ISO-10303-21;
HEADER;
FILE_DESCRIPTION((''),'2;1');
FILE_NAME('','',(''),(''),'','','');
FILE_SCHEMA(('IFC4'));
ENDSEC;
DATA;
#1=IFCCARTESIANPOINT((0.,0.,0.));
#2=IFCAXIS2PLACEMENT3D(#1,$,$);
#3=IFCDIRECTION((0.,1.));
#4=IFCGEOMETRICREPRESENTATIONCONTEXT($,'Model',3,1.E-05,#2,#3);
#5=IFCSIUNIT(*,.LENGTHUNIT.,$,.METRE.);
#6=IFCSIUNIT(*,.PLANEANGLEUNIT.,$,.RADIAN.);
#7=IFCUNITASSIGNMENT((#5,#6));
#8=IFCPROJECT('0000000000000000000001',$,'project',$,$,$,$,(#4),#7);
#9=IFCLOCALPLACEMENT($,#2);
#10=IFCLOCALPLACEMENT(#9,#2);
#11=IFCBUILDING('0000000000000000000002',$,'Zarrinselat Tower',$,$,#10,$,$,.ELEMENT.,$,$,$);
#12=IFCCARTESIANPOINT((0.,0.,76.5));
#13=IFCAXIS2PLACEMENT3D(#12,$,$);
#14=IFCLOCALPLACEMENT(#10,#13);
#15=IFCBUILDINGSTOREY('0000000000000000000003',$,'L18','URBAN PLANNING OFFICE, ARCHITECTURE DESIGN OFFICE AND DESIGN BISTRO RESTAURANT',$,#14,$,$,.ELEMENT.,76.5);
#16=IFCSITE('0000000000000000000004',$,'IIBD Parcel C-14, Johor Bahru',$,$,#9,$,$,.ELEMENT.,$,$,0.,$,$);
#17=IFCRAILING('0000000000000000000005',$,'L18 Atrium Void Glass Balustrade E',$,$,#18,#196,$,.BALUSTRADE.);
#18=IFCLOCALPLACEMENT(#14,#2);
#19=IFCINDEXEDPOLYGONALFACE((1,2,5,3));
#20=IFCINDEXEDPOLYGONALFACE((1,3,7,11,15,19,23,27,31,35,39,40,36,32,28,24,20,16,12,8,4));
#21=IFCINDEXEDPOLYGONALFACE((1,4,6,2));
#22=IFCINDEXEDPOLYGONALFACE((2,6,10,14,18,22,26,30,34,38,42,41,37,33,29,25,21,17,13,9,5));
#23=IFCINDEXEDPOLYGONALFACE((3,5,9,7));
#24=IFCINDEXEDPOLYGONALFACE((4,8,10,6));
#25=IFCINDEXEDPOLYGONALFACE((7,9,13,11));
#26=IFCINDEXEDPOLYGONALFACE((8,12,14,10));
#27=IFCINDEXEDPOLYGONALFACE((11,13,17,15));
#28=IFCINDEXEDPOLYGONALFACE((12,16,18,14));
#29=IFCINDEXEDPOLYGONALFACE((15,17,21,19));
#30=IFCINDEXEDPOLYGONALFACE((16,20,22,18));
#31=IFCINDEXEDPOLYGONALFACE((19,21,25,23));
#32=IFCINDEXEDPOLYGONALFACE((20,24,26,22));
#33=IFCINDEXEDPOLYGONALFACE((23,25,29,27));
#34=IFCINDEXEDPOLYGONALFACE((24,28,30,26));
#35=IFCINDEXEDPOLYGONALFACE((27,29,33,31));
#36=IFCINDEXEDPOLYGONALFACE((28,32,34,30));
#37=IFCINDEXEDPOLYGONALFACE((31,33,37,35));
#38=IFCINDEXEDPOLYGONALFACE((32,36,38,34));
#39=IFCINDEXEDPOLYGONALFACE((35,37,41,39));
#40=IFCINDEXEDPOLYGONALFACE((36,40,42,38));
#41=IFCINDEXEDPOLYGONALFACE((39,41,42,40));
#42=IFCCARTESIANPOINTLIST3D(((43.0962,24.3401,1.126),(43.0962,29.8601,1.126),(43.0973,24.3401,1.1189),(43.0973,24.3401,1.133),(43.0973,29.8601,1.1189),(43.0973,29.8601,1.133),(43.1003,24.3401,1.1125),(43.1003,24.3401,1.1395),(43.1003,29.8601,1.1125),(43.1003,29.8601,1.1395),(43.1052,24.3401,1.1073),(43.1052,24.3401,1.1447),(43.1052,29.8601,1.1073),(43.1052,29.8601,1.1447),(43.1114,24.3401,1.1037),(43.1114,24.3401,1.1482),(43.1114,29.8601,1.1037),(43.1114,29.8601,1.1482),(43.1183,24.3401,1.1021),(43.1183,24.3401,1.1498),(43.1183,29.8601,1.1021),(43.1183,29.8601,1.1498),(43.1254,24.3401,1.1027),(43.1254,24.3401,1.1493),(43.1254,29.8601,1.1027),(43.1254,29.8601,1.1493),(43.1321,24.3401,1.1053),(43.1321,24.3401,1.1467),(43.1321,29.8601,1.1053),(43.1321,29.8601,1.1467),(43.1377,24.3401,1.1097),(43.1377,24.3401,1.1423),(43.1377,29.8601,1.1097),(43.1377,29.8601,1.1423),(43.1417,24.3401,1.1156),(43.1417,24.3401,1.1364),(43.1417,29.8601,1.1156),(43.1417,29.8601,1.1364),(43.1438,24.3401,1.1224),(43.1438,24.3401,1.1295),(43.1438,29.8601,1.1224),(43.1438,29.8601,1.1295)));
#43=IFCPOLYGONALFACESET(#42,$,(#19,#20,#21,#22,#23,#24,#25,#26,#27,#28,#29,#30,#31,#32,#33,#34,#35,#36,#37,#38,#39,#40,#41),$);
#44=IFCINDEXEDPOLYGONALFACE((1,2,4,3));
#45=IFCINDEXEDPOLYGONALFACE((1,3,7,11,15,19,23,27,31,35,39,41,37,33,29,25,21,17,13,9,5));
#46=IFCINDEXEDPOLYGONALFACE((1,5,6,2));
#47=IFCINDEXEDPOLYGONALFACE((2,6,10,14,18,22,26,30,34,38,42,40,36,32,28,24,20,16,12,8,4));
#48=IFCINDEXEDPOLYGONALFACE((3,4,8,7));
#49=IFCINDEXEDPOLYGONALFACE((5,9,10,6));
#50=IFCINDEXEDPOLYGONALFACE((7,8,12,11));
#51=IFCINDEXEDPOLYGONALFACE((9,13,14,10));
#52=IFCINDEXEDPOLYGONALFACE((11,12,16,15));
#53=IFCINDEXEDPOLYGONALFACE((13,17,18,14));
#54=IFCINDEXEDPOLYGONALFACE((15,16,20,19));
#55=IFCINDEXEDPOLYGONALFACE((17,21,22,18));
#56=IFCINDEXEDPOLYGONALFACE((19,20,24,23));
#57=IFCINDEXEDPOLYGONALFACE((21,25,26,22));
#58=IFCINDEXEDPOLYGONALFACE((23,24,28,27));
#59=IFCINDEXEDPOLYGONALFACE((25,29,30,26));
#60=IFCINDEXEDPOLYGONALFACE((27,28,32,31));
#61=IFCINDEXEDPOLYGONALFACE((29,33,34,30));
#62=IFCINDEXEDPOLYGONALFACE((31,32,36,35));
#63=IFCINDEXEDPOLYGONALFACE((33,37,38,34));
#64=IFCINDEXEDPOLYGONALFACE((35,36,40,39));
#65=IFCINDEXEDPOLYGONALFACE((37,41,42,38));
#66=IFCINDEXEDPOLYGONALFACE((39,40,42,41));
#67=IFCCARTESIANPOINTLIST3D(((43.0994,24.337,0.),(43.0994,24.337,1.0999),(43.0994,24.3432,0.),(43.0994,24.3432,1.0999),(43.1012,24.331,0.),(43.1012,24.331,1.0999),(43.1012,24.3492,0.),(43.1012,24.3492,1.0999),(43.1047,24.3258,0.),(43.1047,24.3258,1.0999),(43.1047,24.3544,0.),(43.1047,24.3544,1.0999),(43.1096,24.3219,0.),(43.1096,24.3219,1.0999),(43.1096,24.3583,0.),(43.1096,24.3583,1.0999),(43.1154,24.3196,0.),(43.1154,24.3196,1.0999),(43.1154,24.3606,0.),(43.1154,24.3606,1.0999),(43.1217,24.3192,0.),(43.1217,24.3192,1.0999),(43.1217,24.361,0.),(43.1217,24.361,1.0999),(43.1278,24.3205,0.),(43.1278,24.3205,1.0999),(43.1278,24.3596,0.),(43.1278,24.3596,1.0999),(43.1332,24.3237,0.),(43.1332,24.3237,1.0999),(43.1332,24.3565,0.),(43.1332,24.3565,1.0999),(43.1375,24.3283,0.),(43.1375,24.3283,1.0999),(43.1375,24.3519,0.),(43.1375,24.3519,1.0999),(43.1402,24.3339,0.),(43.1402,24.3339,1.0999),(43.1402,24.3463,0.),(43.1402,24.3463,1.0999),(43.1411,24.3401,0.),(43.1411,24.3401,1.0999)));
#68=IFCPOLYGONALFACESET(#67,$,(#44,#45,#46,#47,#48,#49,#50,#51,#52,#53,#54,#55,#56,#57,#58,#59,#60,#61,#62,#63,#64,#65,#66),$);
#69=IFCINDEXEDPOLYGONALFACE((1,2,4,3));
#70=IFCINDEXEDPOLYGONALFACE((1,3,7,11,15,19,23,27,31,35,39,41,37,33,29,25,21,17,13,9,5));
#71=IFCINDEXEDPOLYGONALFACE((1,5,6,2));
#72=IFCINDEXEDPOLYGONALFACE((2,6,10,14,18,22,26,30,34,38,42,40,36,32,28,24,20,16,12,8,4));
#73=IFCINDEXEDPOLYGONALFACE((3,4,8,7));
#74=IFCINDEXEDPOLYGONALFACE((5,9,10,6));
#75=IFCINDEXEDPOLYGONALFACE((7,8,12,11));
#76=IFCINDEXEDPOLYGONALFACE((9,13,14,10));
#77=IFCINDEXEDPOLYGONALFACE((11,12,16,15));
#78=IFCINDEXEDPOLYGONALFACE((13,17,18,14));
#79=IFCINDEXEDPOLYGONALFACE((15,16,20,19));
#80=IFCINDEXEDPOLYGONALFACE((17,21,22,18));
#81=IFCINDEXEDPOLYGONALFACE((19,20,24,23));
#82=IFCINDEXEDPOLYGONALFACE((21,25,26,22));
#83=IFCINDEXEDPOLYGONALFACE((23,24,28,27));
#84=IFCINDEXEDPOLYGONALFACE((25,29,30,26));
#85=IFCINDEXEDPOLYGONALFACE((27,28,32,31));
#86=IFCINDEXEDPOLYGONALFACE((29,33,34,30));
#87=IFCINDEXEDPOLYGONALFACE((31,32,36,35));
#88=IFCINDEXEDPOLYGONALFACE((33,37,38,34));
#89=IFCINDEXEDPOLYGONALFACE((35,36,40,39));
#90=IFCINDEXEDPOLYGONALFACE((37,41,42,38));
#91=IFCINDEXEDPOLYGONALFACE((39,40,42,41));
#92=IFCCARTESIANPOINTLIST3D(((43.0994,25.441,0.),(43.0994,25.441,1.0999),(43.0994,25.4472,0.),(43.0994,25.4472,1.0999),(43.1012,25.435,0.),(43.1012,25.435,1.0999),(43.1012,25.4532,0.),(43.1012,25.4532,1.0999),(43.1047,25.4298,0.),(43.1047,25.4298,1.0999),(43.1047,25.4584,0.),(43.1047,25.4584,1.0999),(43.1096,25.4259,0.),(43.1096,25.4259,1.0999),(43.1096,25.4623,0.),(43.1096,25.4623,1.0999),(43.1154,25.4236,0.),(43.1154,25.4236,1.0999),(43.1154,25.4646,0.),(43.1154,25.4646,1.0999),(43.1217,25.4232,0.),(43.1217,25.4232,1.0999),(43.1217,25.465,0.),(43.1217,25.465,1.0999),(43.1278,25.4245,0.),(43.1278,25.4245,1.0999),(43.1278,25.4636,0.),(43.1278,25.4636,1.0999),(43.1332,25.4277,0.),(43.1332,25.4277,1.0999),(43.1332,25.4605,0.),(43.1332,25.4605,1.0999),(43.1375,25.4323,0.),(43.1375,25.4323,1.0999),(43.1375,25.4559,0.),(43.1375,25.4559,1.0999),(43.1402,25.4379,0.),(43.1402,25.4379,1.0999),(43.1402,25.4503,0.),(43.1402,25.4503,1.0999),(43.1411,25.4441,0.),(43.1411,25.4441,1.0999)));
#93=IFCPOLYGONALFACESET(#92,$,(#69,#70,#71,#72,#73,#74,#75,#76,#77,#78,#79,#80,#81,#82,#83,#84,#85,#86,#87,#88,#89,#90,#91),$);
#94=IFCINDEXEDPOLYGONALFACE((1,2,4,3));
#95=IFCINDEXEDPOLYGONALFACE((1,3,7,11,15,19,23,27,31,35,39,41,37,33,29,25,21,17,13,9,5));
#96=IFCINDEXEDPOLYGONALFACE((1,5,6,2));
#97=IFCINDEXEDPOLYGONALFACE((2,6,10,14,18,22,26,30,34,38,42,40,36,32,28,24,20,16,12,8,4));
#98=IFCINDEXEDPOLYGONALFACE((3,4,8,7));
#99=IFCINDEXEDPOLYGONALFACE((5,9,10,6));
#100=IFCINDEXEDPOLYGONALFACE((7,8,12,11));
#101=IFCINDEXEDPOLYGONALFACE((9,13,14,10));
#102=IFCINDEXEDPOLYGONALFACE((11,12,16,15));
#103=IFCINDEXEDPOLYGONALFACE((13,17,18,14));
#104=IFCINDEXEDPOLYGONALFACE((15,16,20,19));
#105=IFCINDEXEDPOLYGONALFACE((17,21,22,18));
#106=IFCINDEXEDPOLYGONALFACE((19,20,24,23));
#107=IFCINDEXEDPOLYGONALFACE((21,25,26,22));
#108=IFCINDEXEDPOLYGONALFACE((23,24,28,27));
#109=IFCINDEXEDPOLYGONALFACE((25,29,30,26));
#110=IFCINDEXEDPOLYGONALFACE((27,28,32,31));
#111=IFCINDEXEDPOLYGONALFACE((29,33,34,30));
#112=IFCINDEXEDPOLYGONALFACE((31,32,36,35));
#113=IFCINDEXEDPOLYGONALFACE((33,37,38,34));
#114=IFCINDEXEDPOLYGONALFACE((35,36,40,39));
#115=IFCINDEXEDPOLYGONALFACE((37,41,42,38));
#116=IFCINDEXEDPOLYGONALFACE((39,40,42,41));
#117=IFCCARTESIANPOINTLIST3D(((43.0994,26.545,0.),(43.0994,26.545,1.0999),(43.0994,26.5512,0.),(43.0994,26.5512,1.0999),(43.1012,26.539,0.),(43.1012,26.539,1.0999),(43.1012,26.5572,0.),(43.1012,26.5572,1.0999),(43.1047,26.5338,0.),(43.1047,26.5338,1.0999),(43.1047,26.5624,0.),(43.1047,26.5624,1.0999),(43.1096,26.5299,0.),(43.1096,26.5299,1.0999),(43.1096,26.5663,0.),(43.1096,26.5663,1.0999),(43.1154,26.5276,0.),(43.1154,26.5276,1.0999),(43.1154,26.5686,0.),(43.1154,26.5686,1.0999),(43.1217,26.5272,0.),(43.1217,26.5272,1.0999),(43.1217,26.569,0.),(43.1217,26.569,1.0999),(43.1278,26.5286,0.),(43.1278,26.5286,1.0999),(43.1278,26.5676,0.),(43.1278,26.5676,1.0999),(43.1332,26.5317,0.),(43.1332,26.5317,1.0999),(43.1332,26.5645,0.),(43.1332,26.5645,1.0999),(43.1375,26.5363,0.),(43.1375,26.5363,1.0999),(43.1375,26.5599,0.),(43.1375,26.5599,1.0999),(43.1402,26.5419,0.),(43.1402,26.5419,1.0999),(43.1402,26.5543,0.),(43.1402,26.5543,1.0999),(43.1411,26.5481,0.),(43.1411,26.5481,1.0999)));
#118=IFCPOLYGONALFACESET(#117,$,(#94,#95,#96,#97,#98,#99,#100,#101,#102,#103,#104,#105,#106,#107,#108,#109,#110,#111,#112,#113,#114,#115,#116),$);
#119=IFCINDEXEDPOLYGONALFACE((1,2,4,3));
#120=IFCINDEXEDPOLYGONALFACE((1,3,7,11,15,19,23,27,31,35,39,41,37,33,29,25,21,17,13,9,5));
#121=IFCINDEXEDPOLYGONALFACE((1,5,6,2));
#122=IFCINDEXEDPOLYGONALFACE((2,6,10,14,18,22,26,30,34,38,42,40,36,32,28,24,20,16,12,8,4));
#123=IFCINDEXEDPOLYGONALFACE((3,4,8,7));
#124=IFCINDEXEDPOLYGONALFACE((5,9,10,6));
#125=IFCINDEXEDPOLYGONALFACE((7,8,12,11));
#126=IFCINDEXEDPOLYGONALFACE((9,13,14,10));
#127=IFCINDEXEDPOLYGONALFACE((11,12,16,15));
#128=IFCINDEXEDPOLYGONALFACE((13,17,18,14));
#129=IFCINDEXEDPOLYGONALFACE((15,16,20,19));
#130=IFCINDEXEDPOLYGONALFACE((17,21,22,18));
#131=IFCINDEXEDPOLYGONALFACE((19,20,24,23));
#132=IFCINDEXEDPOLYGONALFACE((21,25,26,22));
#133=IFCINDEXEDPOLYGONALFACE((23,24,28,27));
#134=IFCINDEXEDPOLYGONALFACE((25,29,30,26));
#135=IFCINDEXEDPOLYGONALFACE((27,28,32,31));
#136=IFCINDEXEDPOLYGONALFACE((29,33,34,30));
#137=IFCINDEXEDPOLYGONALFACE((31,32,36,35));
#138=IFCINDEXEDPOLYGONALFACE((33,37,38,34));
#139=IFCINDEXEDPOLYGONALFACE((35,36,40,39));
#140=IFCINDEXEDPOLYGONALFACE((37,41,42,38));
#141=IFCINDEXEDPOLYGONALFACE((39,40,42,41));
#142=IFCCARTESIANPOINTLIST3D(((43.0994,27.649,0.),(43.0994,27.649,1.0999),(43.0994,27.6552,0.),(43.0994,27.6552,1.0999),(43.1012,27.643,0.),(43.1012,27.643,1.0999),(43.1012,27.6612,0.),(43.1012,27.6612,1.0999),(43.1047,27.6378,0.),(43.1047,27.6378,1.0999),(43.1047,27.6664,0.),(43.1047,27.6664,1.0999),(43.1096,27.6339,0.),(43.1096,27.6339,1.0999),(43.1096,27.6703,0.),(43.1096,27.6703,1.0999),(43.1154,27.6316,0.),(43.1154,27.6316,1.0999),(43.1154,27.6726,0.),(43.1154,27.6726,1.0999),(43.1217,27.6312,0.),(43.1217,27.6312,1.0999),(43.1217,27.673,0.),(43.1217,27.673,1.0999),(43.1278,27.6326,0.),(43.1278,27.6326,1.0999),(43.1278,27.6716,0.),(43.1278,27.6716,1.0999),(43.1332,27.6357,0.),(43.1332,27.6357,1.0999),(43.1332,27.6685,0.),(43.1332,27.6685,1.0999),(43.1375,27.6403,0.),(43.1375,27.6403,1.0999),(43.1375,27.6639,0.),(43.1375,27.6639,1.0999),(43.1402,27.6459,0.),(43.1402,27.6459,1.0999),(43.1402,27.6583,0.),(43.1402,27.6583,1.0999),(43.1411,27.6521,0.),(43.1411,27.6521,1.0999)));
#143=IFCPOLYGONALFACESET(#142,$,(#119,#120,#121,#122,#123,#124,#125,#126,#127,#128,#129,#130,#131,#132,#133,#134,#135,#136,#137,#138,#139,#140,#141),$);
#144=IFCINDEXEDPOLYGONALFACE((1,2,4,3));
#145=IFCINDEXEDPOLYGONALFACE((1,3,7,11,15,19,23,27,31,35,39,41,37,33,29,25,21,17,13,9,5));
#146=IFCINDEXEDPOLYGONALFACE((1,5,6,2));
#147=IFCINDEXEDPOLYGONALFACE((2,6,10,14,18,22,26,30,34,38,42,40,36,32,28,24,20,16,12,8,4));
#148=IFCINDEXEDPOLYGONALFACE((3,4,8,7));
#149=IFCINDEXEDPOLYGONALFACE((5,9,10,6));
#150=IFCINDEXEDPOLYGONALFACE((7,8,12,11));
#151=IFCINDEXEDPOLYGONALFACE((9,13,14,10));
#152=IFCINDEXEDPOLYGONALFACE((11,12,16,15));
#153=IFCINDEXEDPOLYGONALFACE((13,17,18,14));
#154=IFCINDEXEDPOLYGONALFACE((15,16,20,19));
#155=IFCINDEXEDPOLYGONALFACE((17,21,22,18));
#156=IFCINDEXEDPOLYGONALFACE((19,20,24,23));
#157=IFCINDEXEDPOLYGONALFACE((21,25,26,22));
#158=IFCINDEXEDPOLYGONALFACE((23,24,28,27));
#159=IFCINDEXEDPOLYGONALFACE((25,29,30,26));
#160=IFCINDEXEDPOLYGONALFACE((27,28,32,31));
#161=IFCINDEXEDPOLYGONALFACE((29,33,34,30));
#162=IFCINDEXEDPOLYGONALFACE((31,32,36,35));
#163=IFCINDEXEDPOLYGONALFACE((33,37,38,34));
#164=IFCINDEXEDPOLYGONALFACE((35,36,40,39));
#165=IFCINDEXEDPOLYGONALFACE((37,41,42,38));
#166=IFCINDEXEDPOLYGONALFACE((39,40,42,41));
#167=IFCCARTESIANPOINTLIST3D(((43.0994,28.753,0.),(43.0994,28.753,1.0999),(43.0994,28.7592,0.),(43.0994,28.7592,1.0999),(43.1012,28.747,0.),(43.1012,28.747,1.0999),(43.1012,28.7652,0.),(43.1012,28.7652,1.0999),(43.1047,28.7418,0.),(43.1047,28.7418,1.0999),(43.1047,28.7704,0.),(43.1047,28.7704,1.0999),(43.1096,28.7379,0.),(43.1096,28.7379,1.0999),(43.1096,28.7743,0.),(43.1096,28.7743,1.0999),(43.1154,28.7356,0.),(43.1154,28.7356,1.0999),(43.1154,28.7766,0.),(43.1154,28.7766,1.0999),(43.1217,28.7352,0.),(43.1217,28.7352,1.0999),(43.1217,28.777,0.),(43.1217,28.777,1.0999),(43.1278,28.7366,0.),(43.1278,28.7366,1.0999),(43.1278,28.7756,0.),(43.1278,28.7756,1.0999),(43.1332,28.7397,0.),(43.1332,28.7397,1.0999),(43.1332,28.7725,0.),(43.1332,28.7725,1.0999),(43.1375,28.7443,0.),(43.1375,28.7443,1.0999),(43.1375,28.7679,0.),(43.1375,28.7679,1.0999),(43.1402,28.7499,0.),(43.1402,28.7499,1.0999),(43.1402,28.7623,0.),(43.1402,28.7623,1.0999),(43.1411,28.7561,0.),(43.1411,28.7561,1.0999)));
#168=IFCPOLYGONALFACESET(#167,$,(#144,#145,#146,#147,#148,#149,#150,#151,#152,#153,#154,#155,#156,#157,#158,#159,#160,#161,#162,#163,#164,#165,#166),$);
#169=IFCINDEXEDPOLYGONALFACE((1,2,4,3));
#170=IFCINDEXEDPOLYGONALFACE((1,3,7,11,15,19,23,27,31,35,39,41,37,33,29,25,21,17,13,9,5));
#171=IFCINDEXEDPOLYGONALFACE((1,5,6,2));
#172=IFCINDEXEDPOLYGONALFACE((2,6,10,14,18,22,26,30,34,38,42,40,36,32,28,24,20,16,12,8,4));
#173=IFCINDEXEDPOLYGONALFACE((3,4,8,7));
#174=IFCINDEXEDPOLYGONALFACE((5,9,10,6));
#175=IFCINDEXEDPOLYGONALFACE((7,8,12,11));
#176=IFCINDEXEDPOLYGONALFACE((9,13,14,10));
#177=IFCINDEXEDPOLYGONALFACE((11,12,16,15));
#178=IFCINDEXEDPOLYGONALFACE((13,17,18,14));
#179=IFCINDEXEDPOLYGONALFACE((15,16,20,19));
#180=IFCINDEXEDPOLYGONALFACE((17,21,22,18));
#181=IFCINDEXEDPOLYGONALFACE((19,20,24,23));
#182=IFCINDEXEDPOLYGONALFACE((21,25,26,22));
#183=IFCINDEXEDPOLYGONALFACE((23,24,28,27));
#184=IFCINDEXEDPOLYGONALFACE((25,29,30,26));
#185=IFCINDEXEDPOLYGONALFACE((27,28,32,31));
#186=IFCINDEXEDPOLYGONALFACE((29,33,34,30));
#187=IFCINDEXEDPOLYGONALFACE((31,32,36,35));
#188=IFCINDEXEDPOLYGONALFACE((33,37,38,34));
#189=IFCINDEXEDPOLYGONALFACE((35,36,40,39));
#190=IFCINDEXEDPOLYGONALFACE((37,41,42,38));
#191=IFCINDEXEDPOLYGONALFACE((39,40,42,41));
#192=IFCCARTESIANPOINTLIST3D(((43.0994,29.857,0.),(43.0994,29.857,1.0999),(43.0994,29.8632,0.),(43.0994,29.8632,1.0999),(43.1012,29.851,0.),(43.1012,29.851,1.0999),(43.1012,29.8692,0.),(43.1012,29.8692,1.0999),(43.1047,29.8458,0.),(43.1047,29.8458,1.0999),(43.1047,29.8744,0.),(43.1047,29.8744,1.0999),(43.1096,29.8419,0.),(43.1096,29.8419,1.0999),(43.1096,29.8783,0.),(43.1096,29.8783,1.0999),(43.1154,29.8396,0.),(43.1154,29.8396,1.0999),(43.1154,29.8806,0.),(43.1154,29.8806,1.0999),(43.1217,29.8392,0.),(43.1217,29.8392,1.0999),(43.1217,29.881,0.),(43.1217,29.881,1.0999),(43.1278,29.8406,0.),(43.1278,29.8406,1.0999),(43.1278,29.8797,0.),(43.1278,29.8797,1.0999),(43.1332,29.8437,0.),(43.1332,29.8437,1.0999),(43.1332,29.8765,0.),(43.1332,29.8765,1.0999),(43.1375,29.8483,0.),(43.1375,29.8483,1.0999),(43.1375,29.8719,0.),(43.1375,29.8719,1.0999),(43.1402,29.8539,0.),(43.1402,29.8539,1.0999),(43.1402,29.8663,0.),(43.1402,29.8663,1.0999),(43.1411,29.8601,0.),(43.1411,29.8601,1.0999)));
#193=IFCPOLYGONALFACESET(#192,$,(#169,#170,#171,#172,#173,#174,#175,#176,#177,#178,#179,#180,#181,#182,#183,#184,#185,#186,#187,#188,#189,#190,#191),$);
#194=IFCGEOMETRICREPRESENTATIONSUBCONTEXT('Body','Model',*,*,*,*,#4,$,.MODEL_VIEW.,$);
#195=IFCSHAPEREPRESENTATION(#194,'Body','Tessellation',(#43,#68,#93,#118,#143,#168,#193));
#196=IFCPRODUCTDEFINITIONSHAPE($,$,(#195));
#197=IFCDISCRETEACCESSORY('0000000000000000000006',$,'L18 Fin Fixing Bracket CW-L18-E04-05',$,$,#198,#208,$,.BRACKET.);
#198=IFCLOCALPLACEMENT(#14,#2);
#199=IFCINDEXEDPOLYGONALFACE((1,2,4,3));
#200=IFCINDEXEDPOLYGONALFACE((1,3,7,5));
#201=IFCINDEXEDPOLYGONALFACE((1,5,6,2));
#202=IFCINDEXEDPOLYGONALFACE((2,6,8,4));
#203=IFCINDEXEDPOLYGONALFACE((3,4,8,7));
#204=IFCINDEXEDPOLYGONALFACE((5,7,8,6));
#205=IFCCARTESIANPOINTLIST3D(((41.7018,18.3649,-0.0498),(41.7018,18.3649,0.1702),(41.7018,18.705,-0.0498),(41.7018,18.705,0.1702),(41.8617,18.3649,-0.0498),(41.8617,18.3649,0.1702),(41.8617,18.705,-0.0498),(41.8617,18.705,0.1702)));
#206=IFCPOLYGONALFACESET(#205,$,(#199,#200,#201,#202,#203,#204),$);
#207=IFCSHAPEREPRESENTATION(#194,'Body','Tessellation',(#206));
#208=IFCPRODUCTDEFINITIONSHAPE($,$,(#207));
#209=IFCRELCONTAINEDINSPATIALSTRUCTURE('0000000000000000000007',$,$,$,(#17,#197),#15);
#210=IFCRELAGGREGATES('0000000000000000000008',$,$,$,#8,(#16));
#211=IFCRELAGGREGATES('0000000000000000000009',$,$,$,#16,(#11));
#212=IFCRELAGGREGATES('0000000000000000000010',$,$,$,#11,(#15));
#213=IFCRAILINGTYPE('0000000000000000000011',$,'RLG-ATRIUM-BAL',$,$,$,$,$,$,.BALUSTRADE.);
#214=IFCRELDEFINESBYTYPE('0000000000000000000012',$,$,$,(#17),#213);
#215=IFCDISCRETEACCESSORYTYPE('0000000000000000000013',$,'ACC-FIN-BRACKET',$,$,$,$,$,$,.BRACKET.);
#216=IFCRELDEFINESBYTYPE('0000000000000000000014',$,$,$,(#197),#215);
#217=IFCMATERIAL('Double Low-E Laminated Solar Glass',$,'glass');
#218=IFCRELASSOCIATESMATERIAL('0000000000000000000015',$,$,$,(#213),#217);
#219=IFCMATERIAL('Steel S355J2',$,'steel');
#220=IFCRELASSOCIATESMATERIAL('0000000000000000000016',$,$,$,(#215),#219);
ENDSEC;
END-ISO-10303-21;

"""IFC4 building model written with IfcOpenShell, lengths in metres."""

from ifc_helpers import new_model, si_unit, direction, frame, origin, origin_2d, place, context, subcontext, project, spatial, rectangle, circle, extrude, material, type_object, element, save


model = new_model("IFC4")

# Units and contexts
model_context = context("Model", 3, precision=1e-05, world=origin(), true_north=direction((0.0, 1.0)))
body_context = subcontext(model_context, "Body", "Model", "MODEL_VIEW")
ifc_project = project(units=[si_unit("LENGTHUNIT", "METRE"), si_unit("PLANEANGLEUNIT", "RADIAN")], contexts=[model_context])

# Site, building, storey
site_placement = place(None, origin())
site = spatial("IfcSite", under=ifc_project, at=site_placement, Name="IIBD Parcel C-14, Johor Bahru", CompositionType="ELEMENT", RefElevation=0.0)
building_placement = place(site_placement, origin())
building = spatial("IfcBuilding", under=site, at=building_placement, Name="Zarrinselat Tower", CompositionType="ELEMENT")
storey_placement = place(building_placement, frame((0.0, 0.0, 76.5)))
storey = spatial("IfcBuildingStorey", under=building, at=storey_placement, Name="L18", Description="URBAN PLANNING OFFICE, ARCHITECTURE DESIGN OFFICE AND DESIGN BISTRO RESTAURANT", CompositionType="ELEMENT", Elevation=76.5)

# Railing
ifc_material_1 = material(Name="Double Low-E Laminated Solar Glass", Category="glass")
railing_type = type_object("IfcRailingType", Name="RLG-ATRIUM-BAL", PredefinedType="BALUSTRADE", material=ifc_material_1)
railing_placement = place(storey_placement, frame((43.1201, 24.3401, 0.0)))
element("IfcRailing", 1, at=railing_placement, inside=storey, type_object=railing_type, Name="L18 Atrium Void Glass Balustrade E", PredefinedType="BALUSTRADE", context=body_context, shape_type="SweptSolid", body=[
    extrude(circle(Radius=0.0239, at=origin_2d()), frame((0.0, 0.0, 1.126), z_axis=(0.0, 1.0, 0.0), x_axis=(-1.0, 0.0, 0.0)), (0.0, 0.0, 1.0), 5.52),
    extrude(circle(Radius=0.021, at=origin_2d()), origin(), (0.0, 0.0, 1.0), 1.0999),
    extrude(circle(Radius=0.021, at=origin_2d()), frame((0.0, 1.104, 0.0)), (0.0, 0.0, 1.0), 1.0999),
    extrude(circle(Radius=0.021, at=origin_2d()), frame((0.0, 2.208, 0.0)), (0.0, 0.0, 1.0), 1.0999),
    extrude(circle(Radius=0.021, at=origin_2d()), frame((0.0, 3.312, 0.0)), (0.0, 0.0, 1.0), 1.0999),
    extrude(circle(Radius=0.021, at=origin_2d()), frame((0.0, 4.416, 0.0)), (0.0, 0.0, 1.0), 1.0999),
    extrude(circle(Radius=0.021, at=origin_2d()), frame((0.0, 5.52, 0.0)), (0.0, 0.0, 1.0), 1.0999),
])

# Discrete accessory
ifc_material_2 = material(Name="Steel S355J2", Category="steel")
discrete_accessory_type = type_object("IfcDiscreteAccessoryType", Name="ACC-FIN-BRACKET", PredefinedType="BRACKET", material=ifc_material_2)
discrete_accessory_placement = place(storey_placement, frame((41.7817, 18.5349, -0.0498), z_axis=(0.0, 0.0, 1.0), x_axis=(0.0, -1.0, 0.0)))
element("IfcDiscreteAccessory", 2, at=discrete_accessory_placement, inside=storey, type_object=discrete_accessory_type, Name="L18 Fin Fixing Bracket CW-L18-E04-05", PredefinedType="BRACKET", context=body_context, shape_type="SweptSolid", body=[
    extrude(rectangle(XDim=0.3401, YDim=0.1599, at=origin_2d()), origin(), (0.0, 0.0, 1.0), 0.22),
])

save(model, "model.ifc")
